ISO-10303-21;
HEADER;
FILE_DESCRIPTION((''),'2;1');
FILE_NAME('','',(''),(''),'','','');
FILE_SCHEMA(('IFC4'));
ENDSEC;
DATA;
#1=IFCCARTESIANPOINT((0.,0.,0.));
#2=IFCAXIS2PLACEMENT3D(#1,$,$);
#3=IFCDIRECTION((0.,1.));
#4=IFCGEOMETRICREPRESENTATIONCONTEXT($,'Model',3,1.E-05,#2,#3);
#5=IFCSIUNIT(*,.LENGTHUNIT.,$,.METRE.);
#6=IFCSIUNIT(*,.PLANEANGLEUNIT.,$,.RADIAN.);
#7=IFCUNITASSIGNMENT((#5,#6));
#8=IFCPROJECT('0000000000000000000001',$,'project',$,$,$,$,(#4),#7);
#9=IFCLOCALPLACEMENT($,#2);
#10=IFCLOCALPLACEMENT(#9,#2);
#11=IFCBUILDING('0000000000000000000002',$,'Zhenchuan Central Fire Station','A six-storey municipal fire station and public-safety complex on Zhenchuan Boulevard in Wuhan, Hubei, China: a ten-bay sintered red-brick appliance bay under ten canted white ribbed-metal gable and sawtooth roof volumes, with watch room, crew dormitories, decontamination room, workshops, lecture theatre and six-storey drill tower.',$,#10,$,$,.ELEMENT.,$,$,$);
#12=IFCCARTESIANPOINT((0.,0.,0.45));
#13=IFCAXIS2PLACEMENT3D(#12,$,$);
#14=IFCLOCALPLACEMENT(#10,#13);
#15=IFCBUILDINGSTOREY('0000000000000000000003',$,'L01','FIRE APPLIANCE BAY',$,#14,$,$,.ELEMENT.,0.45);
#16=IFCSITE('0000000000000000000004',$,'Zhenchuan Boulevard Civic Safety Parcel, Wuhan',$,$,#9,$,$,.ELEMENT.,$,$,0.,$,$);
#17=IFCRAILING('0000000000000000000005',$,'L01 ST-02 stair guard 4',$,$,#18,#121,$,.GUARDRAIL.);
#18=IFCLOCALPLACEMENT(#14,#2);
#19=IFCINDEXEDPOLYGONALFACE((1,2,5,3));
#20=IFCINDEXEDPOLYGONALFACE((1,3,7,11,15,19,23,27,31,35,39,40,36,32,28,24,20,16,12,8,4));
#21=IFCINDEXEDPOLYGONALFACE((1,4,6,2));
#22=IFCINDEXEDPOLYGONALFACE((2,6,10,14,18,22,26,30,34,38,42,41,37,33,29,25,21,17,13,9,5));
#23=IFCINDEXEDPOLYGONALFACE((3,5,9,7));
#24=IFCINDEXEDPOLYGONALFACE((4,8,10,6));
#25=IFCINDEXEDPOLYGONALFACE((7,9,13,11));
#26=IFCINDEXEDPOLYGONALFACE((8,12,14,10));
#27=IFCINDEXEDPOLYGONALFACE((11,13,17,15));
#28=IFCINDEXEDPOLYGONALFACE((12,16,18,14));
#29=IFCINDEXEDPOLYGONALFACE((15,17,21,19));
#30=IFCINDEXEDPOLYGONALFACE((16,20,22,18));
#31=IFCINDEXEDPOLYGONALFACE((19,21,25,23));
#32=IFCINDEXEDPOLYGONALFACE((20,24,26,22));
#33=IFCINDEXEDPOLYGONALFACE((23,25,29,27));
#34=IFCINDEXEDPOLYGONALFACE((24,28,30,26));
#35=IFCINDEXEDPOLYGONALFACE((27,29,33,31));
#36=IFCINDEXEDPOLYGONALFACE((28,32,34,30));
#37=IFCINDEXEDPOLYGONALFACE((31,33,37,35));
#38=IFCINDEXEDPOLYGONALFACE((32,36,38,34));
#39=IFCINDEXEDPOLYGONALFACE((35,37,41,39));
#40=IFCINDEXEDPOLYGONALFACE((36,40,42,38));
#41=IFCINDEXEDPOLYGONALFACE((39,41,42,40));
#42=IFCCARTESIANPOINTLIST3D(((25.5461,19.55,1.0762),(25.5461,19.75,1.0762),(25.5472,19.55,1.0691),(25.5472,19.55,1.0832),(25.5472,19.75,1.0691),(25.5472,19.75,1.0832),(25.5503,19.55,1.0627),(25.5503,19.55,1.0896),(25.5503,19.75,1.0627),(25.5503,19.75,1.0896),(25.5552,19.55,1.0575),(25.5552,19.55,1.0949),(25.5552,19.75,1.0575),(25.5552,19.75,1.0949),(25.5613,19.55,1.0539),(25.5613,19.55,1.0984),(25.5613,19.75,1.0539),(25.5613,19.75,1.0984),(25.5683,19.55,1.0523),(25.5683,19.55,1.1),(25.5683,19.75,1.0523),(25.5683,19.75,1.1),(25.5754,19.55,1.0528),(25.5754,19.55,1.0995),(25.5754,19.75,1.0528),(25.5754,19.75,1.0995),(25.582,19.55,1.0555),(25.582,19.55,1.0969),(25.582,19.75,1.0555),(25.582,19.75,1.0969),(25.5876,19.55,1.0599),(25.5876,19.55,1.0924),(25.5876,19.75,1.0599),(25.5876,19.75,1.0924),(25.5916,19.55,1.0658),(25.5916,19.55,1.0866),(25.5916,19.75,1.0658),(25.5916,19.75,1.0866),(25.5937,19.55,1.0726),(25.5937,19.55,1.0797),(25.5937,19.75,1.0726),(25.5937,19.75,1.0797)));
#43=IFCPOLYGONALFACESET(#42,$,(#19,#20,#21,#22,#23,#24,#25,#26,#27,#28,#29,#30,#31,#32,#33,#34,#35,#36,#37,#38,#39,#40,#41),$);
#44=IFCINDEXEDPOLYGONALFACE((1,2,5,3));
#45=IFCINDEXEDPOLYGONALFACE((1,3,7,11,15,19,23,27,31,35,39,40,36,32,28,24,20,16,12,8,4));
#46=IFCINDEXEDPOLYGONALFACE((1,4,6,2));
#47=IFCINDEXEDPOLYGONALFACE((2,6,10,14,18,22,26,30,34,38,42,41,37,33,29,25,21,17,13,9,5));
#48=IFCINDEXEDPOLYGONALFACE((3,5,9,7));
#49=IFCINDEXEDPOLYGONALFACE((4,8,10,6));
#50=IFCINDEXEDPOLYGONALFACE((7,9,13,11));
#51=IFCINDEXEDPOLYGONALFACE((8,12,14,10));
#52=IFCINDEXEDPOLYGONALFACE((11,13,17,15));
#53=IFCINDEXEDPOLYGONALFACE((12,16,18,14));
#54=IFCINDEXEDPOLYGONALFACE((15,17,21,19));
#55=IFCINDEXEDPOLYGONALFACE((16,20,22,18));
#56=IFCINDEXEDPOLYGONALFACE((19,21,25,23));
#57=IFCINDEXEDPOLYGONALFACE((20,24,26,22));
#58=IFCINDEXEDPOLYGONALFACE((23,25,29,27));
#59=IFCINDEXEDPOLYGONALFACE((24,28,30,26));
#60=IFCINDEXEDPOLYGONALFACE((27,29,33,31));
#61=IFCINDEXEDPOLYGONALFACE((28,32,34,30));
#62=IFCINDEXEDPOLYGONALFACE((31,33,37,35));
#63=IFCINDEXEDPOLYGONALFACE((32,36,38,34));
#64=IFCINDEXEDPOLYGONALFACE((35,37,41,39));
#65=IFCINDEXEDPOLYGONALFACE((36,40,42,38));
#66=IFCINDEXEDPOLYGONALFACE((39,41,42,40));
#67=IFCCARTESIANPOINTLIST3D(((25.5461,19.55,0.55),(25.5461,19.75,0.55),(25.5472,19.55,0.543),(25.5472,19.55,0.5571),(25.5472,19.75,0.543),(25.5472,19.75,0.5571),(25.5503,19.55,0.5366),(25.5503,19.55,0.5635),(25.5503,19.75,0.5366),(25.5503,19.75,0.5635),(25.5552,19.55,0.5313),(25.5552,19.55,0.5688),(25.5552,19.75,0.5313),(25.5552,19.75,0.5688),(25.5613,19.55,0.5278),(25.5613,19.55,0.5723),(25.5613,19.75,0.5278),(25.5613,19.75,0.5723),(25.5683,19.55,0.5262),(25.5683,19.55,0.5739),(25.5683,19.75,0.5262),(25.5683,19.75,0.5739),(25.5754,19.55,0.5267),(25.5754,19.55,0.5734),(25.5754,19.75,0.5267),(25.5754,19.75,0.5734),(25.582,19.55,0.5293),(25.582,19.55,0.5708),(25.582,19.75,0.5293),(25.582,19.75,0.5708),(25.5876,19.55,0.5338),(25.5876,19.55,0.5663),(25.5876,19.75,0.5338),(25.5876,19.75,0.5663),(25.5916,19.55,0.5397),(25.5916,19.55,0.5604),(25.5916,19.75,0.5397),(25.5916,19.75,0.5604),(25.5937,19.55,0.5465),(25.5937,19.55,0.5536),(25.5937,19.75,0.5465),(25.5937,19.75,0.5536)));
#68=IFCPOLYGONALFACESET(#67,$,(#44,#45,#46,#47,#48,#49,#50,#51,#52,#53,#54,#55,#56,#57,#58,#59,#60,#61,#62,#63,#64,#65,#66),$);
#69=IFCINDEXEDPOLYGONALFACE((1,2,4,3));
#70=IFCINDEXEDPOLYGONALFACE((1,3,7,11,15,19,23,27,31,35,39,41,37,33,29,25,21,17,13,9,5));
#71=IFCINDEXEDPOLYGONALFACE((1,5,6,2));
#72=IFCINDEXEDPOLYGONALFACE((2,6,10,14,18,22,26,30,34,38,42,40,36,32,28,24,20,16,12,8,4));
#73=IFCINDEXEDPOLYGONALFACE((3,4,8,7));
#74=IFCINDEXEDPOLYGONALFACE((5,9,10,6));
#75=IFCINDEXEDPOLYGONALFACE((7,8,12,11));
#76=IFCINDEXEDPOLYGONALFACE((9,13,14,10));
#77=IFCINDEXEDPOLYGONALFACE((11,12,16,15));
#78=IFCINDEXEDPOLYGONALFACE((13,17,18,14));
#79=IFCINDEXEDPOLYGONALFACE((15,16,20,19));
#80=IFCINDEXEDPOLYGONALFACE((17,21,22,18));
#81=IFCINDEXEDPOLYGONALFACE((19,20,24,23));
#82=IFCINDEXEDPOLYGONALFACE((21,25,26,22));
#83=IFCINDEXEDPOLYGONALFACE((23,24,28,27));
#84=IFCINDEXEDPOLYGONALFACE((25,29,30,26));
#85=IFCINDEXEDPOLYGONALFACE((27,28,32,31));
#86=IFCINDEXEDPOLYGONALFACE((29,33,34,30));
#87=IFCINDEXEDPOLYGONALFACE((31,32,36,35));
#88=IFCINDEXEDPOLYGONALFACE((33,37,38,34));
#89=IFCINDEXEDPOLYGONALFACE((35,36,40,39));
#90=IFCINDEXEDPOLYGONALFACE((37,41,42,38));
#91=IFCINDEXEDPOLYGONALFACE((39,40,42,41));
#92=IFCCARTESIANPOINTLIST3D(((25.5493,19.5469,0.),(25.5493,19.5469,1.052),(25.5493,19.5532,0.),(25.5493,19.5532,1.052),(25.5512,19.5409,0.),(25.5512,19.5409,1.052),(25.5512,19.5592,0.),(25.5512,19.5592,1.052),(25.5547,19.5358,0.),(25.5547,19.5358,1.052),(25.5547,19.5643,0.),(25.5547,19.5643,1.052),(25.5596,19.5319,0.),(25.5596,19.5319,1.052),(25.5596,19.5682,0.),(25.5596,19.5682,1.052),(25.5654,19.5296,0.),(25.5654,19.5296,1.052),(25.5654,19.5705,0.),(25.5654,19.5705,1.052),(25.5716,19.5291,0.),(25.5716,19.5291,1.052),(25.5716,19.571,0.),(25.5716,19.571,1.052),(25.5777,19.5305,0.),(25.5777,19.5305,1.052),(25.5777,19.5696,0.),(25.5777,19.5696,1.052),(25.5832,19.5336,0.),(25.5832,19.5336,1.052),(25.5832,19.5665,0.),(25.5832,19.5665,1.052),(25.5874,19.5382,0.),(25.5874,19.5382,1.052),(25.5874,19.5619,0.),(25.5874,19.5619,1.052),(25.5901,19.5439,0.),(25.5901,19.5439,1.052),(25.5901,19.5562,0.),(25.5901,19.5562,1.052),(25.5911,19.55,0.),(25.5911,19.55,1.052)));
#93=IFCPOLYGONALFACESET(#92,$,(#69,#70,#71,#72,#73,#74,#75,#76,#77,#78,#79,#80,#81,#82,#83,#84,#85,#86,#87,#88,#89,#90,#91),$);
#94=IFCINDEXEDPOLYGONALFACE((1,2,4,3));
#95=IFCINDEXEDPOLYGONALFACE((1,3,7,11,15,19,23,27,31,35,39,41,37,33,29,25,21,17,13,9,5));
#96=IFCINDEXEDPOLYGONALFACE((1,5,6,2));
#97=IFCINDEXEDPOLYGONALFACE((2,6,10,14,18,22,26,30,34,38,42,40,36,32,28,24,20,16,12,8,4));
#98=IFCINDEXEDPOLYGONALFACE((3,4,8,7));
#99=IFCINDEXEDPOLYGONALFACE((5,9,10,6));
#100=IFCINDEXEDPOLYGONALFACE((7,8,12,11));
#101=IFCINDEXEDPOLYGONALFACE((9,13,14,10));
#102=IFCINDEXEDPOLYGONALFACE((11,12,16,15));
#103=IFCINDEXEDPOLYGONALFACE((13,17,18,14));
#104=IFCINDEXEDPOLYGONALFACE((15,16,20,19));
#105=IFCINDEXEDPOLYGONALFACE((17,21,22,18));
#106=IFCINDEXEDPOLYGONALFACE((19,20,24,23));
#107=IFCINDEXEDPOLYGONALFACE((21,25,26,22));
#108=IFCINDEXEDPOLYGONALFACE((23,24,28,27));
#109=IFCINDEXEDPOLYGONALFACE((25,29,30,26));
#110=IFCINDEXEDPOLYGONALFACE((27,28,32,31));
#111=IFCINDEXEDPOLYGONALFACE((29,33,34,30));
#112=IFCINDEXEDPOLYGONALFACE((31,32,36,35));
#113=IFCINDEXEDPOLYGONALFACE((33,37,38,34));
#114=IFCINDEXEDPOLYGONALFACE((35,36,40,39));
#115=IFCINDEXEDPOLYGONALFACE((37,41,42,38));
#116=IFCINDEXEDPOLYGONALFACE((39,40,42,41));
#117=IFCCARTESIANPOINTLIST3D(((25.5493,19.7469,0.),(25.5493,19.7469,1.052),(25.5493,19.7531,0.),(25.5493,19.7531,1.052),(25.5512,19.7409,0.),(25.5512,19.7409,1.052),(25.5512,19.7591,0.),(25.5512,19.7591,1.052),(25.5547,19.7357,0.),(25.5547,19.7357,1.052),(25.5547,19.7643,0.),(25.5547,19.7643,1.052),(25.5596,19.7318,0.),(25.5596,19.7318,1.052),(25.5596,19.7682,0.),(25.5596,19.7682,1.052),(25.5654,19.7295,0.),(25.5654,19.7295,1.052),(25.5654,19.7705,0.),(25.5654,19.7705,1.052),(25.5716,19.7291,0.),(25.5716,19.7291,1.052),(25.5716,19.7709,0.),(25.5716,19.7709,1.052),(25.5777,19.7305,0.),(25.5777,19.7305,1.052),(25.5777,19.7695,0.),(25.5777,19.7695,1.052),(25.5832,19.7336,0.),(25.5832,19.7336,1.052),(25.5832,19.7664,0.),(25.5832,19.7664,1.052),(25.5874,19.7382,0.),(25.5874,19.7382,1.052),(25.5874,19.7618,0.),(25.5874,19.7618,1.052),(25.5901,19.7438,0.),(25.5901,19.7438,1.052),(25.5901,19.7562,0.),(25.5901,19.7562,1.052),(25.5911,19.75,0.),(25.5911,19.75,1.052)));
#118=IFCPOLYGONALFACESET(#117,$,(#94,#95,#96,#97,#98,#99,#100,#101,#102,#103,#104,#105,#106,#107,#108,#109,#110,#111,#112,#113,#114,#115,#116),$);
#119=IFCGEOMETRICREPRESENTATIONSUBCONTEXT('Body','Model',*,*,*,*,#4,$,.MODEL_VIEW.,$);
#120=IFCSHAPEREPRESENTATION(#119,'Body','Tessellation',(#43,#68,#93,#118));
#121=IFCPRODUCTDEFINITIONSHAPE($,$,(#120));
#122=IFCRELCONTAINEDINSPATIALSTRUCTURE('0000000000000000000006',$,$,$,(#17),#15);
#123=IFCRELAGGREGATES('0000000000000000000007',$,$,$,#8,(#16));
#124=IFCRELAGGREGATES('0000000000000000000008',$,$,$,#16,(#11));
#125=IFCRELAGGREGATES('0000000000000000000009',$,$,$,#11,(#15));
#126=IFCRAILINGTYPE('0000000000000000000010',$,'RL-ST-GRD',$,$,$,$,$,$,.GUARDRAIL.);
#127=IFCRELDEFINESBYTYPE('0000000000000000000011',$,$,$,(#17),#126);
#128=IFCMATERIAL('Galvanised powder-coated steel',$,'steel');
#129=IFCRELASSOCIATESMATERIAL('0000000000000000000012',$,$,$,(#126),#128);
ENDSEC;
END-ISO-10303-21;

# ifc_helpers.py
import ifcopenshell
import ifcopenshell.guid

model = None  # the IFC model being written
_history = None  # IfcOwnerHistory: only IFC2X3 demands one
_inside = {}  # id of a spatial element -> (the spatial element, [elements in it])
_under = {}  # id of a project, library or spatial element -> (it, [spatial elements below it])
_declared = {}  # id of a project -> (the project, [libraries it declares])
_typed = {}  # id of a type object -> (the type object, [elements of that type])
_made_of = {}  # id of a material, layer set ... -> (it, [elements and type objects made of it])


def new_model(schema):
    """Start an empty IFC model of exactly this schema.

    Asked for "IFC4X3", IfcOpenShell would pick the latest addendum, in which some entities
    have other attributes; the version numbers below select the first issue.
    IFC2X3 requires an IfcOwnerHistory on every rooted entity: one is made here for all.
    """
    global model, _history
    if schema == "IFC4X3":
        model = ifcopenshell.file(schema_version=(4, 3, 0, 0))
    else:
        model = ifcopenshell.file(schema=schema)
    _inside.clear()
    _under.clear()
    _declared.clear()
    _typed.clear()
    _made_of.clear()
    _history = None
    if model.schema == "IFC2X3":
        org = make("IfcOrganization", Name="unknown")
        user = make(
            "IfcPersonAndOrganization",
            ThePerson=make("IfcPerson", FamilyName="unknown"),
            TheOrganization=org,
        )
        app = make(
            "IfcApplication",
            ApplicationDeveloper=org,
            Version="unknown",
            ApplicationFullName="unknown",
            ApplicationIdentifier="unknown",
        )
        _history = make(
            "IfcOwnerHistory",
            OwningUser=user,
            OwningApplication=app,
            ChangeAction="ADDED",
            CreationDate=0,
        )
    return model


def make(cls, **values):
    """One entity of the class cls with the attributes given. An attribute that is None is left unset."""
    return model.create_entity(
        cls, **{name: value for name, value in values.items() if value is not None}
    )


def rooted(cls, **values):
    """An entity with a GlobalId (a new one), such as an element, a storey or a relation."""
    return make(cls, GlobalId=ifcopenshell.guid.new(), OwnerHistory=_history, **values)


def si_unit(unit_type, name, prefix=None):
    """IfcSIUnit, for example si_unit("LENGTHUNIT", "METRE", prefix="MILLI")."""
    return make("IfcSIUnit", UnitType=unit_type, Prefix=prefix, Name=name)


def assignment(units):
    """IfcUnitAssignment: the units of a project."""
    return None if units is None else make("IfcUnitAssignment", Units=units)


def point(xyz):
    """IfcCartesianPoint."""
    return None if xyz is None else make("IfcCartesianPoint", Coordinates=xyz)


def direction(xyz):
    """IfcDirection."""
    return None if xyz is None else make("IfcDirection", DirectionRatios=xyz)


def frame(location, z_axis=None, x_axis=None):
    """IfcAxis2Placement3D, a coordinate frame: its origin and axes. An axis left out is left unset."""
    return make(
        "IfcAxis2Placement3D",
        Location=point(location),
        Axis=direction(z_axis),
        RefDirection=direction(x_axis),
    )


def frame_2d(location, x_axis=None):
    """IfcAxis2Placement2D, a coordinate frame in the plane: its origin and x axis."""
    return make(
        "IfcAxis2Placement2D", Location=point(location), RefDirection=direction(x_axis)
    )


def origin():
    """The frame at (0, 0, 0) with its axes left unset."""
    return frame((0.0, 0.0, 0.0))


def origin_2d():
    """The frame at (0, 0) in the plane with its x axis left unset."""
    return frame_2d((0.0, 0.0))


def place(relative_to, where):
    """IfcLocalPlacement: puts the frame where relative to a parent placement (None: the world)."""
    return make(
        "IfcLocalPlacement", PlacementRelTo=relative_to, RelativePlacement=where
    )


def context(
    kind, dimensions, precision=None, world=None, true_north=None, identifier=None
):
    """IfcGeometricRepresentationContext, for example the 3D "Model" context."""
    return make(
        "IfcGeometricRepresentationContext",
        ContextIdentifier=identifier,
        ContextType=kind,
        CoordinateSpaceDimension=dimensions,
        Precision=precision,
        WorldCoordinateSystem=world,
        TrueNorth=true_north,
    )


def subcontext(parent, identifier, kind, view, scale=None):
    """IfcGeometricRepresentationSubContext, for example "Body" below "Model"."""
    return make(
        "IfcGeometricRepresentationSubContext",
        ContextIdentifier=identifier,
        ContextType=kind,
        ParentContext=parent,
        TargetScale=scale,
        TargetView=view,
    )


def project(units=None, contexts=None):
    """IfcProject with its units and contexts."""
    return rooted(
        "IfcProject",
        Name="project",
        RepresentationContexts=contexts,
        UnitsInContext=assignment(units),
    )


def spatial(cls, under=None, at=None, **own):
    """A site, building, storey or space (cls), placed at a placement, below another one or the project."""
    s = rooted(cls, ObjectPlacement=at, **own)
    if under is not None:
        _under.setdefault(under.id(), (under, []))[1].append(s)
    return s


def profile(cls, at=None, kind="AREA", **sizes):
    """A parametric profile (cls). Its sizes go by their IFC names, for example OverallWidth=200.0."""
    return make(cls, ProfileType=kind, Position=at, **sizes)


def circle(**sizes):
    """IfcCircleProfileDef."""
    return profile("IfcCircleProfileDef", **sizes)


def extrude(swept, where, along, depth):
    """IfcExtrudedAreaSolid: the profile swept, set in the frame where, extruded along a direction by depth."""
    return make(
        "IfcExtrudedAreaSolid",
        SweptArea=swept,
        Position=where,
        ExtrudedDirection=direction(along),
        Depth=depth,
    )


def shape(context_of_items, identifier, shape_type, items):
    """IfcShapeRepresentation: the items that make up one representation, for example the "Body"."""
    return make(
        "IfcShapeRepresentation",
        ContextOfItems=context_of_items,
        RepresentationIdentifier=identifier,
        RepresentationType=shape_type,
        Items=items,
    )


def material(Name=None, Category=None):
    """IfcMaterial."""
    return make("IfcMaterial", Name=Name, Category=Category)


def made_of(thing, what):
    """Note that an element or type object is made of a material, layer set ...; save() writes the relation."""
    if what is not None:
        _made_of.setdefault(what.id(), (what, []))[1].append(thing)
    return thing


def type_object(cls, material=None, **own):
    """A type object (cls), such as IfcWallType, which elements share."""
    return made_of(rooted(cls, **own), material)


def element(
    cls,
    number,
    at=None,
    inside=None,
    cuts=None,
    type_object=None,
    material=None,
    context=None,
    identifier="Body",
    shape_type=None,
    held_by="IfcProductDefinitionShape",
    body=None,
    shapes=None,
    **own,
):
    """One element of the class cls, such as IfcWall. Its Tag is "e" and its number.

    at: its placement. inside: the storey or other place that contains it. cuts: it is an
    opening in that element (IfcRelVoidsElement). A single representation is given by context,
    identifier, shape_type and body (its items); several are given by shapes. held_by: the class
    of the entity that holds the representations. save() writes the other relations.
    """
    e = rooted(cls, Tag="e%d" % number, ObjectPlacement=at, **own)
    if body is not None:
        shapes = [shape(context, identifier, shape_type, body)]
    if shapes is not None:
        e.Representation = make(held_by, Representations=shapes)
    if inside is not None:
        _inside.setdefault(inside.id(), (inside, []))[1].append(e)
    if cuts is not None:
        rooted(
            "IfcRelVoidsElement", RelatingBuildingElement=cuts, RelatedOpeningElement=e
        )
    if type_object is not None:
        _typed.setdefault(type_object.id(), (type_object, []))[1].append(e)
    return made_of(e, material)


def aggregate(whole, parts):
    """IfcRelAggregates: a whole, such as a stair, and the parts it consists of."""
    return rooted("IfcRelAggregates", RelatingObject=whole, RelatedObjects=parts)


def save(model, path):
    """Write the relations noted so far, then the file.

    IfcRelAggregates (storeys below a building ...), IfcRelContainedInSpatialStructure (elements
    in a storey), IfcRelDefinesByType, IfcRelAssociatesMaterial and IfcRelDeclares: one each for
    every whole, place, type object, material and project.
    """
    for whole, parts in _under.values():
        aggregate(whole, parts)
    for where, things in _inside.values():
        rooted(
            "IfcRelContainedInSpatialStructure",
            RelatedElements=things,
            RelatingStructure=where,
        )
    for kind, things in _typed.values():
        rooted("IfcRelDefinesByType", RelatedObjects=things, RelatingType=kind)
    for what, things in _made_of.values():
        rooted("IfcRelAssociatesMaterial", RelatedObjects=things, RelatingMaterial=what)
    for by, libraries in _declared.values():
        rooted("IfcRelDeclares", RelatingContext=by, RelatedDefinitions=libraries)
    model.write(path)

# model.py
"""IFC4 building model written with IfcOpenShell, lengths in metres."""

from ifc_helpers import new_model, si_unit, direction, frame, origin, origin_2d, place, context, subcontext, project, spatial, circle, extrude, material, type_object, element, save


model = new_model("IFC4")

# Units and contexts
model_context = context("Model", 3, precision=1e-05, world=origin(), true_north=direction((0.0, 1.0)))
body_context = subcontext(model_context, "Body", "Model", "MODEL_VIEW")
ifc_project = project(units=[si_unit("LENGTHUNIT", "METRE"), si_unit("PLANEANGLEUNIT", "RADIAN")], contexts=[model_context])

# Site, building, storey
site_placement = place(None, origin())
site = spatial("IfcSite", under=ifc_project, at=site_placement, Name="Zhenchuan Boulevard Civic Safety Parcel, Wuhan", CompositionType="ELEMENT", RefElevation=0.0)
building_placement = place(site_placement, origin())
building = spatial("IfcBuilding", under=site, at=building_placement, Name="Zhenchuan Central Fire Station", Description="A six-storey municipal fire station and public-safety complex on Zhenchuan Boulevard in Wuhan, Hubei, China: a ten-bay sintered red-brick appliance bay under ten canted white ribbed-metal gable and sawtooth roof volumes, with watch room, crew dormitories, decontamination room, workshops, lecture theatre and six-storey drill tower.", CompositionType="ELEMENT")
storey_placement = place(building_placement, frame((0.0, 0.0, 0.45)))
storey = spatial("IfcBuildingStorey", under=building, at=storey_placement, Name="L01", Description="FIRE APPLIANCE BAY", CompositionType="ELEMENT", Elevation=0.45)

# Railing
ifc_material_1 = material(Name="Galvanised powder-coated steel", Category="steel")
railing_type_1 = type_object("IfcRailingType", Name="RL-ST-GRD", PredefinedType="GUARDRAIL", material=ifc_material_1)
railing_1_placement = place(storey_placement, frame((25.5701, 19.55, 0.0)))
element("IfcRailing", 1, at=railing_1_placement, inside=storey, type_object=railing_type_1, Name="L01 ST-02 stair guard 4", PredefinedType="GUARDRAIL", context=body_context, shape_type="SweptSolid", body=[
    extrude(circle(Radius=0.0239, at=origin_2d()), frame((0.0, 0.0, 1.0762), z_axis=(0.0, 1.0, 0.0), x_axis=(-1.0, 0.0, 0.0)), (0.0, 0.0, 1.0), 0.2),
    extrude(circle(Radius=0.0239, at=origin_2d()), frame((0.0, 0.0, 0.55), z_axis=(0.0, 1.0, 0.0), x_axis=(-1.0, 0.0, 0.0)), (0.0, 0.0, 1.0), 0.2),
    extrude(circle(Radius=0.021, at=origin_2d()), origin(), (0.0, 0.0, 1.0), 1.052),
    extrude(circle(Radius=0.021, at=origin_2d()), frame((0.0, 0.2, 0.0)), (0.0, 0.0, 1.0), 1.052),
])

save(model, "model.ifc")
